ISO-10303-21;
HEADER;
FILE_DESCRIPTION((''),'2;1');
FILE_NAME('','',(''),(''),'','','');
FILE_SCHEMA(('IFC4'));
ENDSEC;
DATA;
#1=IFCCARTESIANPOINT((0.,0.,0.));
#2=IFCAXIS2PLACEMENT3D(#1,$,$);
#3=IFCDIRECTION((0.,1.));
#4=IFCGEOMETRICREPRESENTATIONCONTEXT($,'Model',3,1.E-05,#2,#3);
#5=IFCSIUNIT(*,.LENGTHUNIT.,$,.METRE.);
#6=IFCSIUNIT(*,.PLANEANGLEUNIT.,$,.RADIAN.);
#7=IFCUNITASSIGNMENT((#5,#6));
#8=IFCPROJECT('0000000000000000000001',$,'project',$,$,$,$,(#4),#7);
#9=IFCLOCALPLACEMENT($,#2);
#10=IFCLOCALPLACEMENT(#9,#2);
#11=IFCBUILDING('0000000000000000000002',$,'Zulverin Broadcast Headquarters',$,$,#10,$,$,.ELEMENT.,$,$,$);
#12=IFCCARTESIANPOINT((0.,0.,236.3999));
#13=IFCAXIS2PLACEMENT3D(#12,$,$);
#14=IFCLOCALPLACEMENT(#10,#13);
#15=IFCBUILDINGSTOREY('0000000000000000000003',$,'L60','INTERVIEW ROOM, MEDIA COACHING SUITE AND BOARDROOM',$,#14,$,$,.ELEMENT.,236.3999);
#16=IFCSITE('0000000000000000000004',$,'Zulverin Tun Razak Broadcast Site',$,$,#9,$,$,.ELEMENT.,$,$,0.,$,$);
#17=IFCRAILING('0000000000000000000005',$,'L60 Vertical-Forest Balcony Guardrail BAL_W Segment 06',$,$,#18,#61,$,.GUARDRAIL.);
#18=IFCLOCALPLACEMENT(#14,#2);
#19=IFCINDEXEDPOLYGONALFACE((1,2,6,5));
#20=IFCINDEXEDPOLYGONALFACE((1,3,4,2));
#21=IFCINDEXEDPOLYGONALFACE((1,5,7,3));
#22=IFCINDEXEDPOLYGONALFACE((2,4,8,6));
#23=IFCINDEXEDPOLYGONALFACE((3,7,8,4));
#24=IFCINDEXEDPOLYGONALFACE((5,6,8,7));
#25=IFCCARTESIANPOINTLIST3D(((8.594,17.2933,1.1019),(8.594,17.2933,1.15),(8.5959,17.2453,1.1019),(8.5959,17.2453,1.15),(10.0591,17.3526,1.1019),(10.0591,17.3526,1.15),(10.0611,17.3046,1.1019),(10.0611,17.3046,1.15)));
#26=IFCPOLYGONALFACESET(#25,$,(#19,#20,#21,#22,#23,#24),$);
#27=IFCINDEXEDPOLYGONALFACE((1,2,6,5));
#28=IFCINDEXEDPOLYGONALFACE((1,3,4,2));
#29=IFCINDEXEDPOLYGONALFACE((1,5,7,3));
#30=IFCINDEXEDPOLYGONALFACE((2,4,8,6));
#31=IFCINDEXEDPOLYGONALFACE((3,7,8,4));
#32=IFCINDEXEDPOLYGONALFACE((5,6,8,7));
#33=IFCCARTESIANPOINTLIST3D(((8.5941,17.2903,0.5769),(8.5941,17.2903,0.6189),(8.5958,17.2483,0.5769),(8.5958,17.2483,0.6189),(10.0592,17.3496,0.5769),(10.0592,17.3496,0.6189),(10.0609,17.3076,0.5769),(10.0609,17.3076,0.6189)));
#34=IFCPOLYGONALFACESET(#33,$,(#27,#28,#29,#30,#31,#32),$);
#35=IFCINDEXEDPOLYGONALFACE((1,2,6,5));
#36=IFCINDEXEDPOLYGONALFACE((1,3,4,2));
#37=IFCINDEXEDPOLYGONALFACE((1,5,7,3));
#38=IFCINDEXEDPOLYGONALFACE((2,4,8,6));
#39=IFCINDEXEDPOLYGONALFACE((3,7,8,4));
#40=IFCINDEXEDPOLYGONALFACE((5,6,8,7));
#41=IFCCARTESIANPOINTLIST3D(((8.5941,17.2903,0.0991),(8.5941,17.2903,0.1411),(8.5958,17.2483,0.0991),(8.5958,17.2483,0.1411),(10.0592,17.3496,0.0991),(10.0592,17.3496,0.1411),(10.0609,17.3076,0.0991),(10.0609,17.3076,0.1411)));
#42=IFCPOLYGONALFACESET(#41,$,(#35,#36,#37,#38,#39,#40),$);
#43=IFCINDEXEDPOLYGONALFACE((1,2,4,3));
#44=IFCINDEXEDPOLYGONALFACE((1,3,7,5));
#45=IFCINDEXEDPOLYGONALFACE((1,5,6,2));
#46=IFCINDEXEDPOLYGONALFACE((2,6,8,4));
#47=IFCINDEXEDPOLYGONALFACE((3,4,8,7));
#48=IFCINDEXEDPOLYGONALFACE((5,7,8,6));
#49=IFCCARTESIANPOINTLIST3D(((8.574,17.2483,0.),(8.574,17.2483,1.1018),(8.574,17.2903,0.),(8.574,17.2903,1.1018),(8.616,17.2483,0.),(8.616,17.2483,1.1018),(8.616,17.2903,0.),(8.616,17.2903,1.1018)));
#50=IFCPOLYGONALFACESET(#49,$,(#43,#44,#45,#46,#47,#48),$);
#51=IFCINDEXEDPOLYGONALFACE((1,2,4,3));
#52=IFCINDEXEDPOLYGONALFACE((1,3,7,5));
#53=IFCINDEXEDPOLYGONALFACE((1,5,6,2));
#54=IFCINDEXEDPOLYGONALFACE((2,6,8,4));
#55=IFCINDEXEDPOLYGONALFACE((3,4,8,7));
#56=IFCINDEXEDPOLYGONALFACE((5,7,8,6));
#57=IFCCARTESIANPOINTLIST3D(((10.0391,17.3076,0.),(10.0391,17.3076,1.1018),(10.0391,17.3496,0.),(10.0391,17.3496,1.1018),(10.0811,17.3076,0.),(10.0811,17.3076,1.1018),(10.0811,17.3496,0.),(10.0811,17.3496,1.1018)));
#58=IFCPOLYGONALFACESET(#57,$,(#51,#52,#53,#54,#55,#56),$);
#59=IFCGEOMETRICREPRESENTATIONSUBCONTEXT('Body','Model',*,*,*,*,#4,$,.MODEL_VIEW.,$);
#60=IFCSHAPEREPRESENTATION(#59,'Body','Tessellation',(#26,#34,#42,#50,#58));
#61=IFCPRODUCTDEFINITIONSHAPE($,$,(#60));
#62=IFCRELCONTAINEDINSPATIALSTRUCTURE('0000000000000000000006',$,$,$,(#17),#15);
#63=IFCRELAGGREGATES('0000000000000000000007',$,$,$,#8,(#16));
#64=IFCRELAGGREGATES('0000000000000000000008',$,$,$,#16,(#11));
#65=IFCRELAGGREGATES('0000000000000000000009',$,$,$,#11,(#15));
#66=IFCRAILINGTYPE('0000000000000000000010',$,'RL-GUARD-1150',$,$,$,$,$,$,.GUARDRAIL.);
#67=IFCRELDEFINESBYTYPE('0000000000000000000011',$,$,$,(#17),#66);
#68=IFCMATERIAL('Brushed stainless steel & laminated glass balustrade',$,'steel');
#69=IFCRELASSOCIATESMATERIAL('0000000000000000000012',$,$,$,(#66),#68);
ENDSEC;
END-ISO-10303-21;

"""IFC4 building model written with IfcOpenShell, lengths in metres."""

from ifc_helpers import new_model, si_unit, direction, frame, origin, origin_2d, place, context, subcontext, project, spatial, rectangle, extrude, material, type_object, element, save


model = new_model("IFC4")

# Units and contexts
model_context = context("Model", 3, precision=1e-05, world=origin(), true_north=direction((0.0, 1.0)))
body_context = subcontext(model_context, "Body", "Model", "MODEL_VIEW")
ifc_project = project(units=[si_unit("LENGTHUNIT", "METRE"), si_unit("PLANEANGLEUNIT", "RADIAN")], contexts=[model_context])

# Site, building, storey
site_placement = place(None, origin())
site = spatial("IfcSite", under=ifc_project, at=site_placement, Name="Zulverin Tun Razak Broadcast Site", CompositionType="ELEMENT", RefElevation=0.0)
building_placement = place(site_placement, origin())
building = spatial("IfcBuilding", under=site, at=building_placement, Name="Zulverin Broadcast Headquarters", CompositionType="ELEMENT")
storey_placement = place(building_placement, frame((0.0, 0.0, 236.3999)))
storey = spatial("IfcBuildingStorey", under=building, at=storey_placement, Name="L60", Description="INTERVIEW ROOM, MEDIA COACHING SUITE AND BOARDROOM", CompositionType="ELEMENT", Elevation=236.3999)

# Railing
ifc_material_1 = material(Name="Brushed stainless steel & laminated glass balustrade", Category="steel")
railing_type = type_object("IfcRailingType", Name="RL-GUARD-1150", PredefinedType="GUARDRAIL", material=ifc_material_1)
railing_1_placement = place(storey_placement, frame((8.595, 17.2693, 0.0)))
element("IfcRailing", 1, at=railing_1_placement, inside=storey, type_object=railing_type, Name="L60 Vertical-Forest Balcony Guardrail BAL_W Segment 06", PredefinedType="GUARDRAIL", context=body_context, shape_type="SweptSolid", body=[
    extrude(rectangle(XDim=0.0481, YDim=0.0481, at=origin_2d()), frame((0.0, 0.0, 1.126), z_axis=(0.999181, 0.04046, 0.0), x_axis=(-0.04046, 0.999181, 0.0)), (0.0, 0.0, 1.0), 1.4663),
    extrude(rectangle(XDim=0.042, YDim=0.042, at=origin_2d()), frame((0.0, 0.0, 0.5979), z_axis=(0.999181, 0.04046, 0.0), x_axis=(-0.04046, 0.999181, 0.0)), (0.0, 0.0, 1.0), 1.4663),
    extrude(rectangle(XDim=0.042, YDim=0.042, at=origin_2d()), frame((0.0, 0.0, 0.1201), z_axis=(0.999181, 0.04046, 0.0), x_axis=(-0.04046, 0.999181, 0.0)), (0.0, 0.0, 1.0), 1.4663),
    extrude(rectangle(XDim=0.042, YDim=0.042, at=origin_2d()), origin(), (0.0, 0.0, 1.0), 1.1018),
    extrude(rectangle(XDim=0.042, YDim=0.042, at=origin_2d()), frame((1.4651, 0.0593, 0.0)), (0.0, 0.0, 1.0), 1.1018),
])

save(model, "model.ifc")
